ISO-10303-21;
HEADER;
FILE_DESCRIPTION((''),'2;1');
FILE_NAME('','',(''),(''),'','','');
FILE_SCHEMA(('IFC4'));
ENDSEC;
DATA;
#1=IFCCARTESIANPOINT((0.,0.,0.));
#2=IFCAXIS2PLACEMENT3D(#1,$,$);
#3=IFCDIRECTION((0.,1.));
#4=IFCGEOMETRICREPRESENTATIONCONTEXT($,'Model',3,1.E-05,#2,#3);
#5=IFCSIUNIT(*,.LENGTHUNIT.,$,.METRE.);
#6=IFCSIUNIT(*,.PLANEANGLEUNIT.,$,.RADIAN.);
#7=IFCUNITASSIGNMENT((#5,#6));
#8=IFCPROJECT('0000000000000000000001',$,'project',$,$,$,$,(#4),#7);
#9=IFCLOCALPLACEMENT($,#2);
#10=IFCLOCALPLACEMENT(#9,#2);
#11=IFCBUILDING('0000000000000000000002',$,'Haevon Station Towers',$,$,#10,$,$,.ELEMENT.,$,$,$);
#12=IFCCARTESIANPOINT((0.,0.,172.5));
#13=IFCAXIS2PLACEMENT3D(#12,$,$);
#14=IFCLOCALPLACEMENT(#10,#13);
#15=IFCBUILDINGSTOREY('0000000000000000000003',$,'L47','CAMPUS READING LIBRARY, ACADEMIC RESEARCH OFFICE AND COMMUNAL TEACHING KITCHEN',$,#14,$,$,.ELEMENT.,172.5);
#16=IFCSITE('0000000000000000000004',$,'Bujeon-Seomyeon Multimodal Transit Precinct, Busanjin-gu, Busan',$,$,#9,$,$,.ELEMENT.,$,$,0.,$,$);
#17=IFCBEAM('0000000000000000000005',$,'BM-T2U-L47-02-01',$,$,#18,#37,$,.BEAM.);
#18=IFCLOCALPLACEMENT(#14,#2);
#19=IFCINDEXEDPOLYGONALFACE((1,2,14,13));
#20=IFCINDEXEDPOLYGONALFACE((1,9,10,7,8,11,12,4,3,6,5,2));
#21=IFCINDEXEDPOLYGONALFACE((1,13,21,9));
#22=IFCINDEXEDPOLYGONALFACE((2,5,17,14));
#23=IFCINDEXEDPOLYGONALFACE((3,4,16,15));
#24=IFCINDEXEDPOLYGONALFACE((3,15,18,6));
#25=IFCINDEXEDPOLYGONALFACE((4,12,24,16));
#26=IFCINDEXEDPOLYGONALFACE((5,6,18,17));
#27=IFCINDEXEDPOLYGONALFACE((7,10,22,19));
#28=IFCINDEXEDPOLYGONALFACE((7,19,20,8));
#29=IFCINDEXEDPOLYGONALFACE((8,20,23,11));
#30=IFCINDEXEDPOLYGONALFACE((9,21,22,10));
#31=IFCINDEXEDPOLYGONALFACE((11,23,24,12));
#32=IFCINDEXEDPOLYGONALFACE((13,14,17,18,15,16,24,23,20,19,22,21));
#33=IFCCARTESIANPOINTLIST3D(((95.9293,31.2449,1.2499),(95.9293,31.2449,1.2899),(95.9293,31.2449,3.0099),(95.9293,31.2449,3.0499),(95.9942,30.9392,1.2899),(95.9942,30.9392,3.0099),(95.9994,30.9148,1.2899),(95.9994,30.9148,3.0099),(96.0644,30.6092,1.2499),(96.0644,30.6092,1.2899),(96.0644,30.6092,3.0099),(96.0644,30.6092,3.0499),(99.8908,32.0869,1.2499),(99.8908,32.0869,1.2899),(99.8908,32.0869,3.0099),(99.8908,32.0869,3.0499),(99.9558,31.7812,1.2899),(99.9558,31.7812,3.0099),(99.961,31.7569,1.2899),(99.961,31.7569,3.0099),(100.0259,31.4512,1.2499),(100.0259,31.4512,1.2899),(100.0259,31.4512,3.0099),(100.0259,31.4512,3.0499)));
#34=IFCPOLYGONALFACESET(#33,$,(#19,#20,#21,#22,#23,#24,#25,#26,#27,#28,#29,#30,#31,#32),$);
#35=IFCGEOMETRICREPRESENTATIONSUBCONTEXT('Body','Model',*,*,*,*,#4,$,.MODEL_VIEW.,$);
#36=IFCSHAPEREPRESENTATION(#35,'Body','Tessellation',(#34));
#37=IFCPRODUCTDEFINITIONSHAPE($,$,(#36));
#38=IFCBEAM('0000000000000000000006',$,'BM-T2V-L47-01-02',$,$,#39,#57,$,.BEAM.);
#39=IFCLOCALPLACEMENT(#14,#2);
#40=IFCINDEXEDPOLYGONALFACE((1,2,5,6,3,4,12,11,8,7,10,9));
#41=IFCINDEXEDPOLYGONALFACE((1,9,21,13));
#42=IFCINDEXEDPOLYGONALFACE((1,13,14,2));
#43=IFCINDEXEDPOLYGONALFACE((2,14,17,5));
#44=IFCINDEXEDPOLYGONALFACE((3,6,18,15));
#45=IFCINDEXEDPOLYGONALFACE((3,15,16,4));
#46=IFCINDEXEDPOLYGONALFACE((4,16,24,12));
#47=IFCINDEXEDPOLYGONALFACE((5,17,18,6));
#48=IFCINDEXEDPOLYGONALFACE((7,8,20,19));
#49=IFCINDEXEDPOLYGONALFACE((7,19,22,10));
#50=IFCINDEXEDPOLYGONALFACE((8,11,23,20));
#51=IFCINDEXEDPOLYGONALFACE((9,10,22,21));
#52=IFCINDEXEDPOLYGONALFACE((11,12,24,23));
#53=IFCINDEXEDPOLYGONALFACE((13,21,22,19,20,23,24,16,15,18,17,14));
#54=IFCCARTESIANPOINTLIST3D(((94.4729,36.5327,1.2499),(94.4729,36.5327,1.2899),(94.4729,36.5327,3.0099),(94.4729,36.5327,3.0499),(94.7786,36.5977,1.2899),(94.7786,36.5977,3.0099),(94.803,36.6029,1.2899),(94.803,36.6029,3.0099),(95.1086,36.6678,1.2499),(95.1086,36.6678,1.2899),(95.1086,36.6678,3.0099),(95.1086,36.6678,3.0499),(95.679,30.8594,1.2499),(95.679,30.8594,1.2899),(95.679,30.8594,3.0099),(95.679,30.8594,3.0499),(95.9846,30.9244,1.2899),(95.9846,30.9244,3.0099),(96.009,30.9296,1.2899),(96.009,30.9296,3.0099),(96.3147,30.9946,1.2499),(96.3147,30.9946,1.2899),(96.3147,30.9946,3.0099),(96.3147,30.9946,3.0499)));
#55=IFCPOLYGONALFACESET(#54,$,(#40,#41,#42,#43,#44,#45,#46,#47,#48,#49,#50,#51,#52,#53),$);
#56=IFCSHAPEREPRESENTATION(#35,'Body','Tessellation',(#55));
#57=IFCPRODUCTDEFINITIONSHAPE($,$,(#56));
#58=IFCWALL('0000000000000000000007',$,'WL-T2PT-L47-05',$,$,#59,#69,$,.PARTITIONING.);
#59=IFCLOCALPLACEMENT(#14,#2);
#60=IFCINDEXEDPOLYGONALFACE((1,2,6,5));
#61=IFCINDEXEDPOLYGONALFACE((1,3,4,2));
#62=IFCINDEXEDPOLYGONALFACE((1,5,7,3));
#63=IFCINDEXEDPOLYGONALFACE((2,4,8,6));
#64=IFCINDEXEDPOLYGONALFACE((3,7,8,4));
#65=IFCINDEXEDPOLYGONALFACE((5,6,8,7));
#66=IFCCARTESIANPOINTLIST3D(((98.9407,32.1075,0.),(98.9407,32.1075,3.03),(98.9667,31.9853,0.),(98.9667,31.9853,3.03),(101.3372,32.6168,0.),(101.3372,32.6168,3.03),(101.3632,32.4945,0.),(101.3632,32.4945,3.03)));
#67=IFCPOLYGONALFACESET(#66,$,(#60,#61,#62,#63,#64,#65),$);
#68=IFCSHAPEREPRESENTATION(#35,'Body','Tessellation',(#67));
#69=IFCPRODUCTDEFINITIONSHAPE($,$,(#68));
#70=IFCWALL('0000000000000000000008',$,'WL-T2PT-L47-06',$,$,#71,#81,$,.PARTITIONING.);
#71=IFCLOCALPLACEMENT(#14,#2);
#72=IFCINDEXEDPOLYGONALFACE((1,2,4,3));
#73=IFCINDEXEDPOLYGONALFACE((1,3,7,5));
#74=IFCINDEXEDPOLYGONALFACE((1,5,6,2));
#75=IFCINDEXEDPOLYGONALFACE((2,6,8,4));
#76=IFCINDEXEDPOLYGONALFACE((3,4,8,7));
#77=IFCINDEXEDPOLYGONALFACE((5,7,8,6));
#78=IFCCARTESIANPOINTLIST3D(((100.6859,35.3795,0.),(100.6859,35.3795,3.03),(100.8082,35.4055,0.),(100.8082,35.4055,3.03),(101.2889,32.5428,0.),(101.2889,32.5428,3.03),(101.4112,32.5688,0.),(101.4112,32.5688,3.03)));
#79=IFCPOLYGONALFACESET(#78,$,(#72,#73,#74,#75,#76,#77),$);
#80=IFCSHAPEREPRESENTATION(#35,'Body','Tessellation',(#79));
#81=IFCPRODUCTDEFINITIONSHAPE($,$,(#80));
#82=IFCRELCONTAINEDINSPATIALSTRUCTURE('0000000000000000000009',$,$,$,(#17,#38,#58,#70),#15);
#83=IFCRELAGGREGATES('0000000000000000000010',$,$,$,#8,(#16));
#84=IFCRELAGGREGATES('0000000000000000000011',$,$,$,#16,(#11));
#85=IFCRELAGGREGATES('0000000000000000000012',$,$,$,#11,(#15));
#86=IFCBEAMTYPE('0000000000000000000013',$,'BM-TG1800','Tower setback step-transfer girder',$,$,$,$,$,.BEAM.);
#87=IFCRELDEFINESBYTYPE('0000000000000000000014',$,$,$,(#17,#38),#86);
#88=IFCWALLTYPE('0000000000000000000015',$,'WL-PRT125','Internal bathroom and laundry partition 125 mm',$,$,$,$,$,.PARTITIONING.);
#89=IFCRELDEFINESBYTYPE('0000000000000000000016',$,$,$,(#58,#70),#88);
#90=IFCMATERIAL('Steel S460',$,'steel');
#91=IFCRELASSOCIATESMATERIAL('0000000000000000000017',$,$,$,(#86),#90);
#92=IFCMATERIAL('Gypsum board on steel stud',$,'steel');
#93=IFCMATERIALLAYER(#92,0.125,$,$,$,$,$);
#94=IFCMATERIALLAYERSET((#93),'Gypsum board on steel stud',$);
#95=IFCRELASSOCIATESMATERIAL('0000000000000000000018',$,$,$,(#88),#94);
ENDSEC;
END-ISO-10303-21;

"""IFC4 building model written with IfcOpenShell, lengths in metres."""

from ifc_helpers import new_model, si_unit, direction, frame, frame_2d, origin, origin_2d, place, context, subcontext, project, spatial, rectangle, i_section, extrude, material, layer, layer_set, material_profile, profile_set, type_object, element, save


model = new_model("IFC4")

# Units and contexts
model_context = context("Model", 3, precision=1e-05, world=origin(), true_north=direction((0.0, 1.0)))
body_context = subcontext(model_context, "Body", "Model", "MODEL_VIEW")
ifc_project = project(units=[si_unit("LENGTHUNIT", "METRE"), si_unit("PLANEANGLEUNIT", "RADIAN")], contexts=[model_context])

# Site, building, storey
site_placement = place(None, origin())
site = spatial("IfcSite", under=ifc_project, at=site_placement, Name="Bujeon-Seomyeon Multimodal Transit Precinct, Busanjin-gu, Busan", CompositionType="ELEMENT", RefElevation=0.0)
building_placement = place(site_placement, origin())
building = spatial("IfcBuilding", under=site, at=building_placement, Name="Haevon Station Towers", CompositionType="ELEMENT")
storey_placement = place(building_placement, frame((0.0, 0.0, 172.5)))
storey = spatial("IfcBuildingStorey", under=building, at=storey_placement, Name="L47", Description="CAMPUS READING LIBRARY, ACADEMIC RESEARCH OFFICE AND COMMUNAL TEACHING KITCHEN", CompositionType="ELEMENT", Elevation=172.5)

# Beams
ifc_material_1 = material(Name="Steel S460", Category="steel")
ifc_material_profile_1 = material_profile(ifc_material_1, i_section(OverallWidth=0.6499, OverallDepth=1.8, WebThickness=0.0249, FlangeThickness=0.04, at=origin_2d()), Name="H-1800x650x25x40")
ifc_profile_set_1 = profile_set([ifc_material_profile_1], Name="Steel S460")
beam_type_1 = type_object("IfcBeamType", Name="BM-TG1800", Description="Tower setback step-transfer girder", PredefinedType="BEAM", material=ifc_profile_set_1)
beam_1_placement = place(storey_placement, frame((95.9968, 30.927, 2.1499), z_axis=(0.978147, 0.207915, 0.0), x_axis=(-0.207915, 0.978147, 0.0)))
element("IfcBeam", 1, at=beam_1_placement, inside=storey, type_object=beam_type_1, Name="BM-T2U-L47-02-01", PredefinedType="BEAM", context=body_context, shape_type="SweptSolid", body=[
    extrude(i_section(OverallWidth=0.6499, OverallDepth=1.8, WebThickness=0.0249, FlangeThickness=0.04, at=origin_2d()), origin(), (0.0, 0.0, 1.0), 4.05),
])
beam_2_placement = place(storey_placement, frame((95.9968, 30.927, 2.1499), z_axis=(-0.207936, 0.978142, 0.0), x_axis=(-0.978142, -0.207936, 0.0)))
element("IfcBeam", 2, at=beam_2_placement, inside=storey, type_object=beam_type_1, Name="BM-T2V-L47-01-02", PredefinedType="BEAM", context=body_context, shape_type="SweptSolid", body=[
    extrude(i_section(OverallWidth=0.6499, OverallDepth=1.8, WebThickness=0.0249, FlangeThickness=0.04, at=origin_2d()), origin(), (0.0, 0.0, 1.0), 5.8),
])

# Walls
ifc_material_2 = material(Name="Gypsum board on steel stud", Category="steel")
ifc_layer_1 = layer(ifc_material_2, 0.125)
ifc_layer_set_1 = layer_set([ifc_layer_1], Name="Gypsum board on steel stud")
wall_type_1 = type_object("IfcWallType", Name="WL-PRT125", Description="Internal bathroom and laundry partition 125 mm", PredefinedType="PARTITIONING", material=ifc_layer_set_1)
wall_1_placement = place(storey_placement, frame((98.9536, 32.0464, 0.0), z_axis=(0.0, 0.0, 1.0), x_axis=(0.978157, 0.207868, 0.0)))
element("IfcWall", 3, at=wall_1_placement, inside=storey, type_object=wall_type_1, Name="WL-T2PT-L47-05", PredefinedType="PARTITIONING", context=body_context, shape_type="SweptSolid", body=[
    extrude(rectangle(XDim=2.45, YDim=0.125, at=frame_2d((1.2251, 0.0))), origin(), (0.0, 0.0, 1.0), 3.03),
])
wall_2_placement = place(storey_placement, frame((101.3501, 32.5557, 0.0), z_axis=(0.0, 0.0, 1.0), x_axis=(-0.207936, 0.978142, 0.0)))
element("IfcWall", 4, at=wall_2_placement, inside=storey, type_object=wall_type_1, Name="WL-T2PT-L47-06", PredefinedType="PARTITIONING", context=body_context, shape_type="SweptSolid", body=[
    extrude(rectangle(XDim=2.9001, YDim=0.125, at=frame_2d((1.4502, 0.0))), origin(), (0.0, 0.0, 1.0), 3.03),
])

save(model, "model.ifc")
